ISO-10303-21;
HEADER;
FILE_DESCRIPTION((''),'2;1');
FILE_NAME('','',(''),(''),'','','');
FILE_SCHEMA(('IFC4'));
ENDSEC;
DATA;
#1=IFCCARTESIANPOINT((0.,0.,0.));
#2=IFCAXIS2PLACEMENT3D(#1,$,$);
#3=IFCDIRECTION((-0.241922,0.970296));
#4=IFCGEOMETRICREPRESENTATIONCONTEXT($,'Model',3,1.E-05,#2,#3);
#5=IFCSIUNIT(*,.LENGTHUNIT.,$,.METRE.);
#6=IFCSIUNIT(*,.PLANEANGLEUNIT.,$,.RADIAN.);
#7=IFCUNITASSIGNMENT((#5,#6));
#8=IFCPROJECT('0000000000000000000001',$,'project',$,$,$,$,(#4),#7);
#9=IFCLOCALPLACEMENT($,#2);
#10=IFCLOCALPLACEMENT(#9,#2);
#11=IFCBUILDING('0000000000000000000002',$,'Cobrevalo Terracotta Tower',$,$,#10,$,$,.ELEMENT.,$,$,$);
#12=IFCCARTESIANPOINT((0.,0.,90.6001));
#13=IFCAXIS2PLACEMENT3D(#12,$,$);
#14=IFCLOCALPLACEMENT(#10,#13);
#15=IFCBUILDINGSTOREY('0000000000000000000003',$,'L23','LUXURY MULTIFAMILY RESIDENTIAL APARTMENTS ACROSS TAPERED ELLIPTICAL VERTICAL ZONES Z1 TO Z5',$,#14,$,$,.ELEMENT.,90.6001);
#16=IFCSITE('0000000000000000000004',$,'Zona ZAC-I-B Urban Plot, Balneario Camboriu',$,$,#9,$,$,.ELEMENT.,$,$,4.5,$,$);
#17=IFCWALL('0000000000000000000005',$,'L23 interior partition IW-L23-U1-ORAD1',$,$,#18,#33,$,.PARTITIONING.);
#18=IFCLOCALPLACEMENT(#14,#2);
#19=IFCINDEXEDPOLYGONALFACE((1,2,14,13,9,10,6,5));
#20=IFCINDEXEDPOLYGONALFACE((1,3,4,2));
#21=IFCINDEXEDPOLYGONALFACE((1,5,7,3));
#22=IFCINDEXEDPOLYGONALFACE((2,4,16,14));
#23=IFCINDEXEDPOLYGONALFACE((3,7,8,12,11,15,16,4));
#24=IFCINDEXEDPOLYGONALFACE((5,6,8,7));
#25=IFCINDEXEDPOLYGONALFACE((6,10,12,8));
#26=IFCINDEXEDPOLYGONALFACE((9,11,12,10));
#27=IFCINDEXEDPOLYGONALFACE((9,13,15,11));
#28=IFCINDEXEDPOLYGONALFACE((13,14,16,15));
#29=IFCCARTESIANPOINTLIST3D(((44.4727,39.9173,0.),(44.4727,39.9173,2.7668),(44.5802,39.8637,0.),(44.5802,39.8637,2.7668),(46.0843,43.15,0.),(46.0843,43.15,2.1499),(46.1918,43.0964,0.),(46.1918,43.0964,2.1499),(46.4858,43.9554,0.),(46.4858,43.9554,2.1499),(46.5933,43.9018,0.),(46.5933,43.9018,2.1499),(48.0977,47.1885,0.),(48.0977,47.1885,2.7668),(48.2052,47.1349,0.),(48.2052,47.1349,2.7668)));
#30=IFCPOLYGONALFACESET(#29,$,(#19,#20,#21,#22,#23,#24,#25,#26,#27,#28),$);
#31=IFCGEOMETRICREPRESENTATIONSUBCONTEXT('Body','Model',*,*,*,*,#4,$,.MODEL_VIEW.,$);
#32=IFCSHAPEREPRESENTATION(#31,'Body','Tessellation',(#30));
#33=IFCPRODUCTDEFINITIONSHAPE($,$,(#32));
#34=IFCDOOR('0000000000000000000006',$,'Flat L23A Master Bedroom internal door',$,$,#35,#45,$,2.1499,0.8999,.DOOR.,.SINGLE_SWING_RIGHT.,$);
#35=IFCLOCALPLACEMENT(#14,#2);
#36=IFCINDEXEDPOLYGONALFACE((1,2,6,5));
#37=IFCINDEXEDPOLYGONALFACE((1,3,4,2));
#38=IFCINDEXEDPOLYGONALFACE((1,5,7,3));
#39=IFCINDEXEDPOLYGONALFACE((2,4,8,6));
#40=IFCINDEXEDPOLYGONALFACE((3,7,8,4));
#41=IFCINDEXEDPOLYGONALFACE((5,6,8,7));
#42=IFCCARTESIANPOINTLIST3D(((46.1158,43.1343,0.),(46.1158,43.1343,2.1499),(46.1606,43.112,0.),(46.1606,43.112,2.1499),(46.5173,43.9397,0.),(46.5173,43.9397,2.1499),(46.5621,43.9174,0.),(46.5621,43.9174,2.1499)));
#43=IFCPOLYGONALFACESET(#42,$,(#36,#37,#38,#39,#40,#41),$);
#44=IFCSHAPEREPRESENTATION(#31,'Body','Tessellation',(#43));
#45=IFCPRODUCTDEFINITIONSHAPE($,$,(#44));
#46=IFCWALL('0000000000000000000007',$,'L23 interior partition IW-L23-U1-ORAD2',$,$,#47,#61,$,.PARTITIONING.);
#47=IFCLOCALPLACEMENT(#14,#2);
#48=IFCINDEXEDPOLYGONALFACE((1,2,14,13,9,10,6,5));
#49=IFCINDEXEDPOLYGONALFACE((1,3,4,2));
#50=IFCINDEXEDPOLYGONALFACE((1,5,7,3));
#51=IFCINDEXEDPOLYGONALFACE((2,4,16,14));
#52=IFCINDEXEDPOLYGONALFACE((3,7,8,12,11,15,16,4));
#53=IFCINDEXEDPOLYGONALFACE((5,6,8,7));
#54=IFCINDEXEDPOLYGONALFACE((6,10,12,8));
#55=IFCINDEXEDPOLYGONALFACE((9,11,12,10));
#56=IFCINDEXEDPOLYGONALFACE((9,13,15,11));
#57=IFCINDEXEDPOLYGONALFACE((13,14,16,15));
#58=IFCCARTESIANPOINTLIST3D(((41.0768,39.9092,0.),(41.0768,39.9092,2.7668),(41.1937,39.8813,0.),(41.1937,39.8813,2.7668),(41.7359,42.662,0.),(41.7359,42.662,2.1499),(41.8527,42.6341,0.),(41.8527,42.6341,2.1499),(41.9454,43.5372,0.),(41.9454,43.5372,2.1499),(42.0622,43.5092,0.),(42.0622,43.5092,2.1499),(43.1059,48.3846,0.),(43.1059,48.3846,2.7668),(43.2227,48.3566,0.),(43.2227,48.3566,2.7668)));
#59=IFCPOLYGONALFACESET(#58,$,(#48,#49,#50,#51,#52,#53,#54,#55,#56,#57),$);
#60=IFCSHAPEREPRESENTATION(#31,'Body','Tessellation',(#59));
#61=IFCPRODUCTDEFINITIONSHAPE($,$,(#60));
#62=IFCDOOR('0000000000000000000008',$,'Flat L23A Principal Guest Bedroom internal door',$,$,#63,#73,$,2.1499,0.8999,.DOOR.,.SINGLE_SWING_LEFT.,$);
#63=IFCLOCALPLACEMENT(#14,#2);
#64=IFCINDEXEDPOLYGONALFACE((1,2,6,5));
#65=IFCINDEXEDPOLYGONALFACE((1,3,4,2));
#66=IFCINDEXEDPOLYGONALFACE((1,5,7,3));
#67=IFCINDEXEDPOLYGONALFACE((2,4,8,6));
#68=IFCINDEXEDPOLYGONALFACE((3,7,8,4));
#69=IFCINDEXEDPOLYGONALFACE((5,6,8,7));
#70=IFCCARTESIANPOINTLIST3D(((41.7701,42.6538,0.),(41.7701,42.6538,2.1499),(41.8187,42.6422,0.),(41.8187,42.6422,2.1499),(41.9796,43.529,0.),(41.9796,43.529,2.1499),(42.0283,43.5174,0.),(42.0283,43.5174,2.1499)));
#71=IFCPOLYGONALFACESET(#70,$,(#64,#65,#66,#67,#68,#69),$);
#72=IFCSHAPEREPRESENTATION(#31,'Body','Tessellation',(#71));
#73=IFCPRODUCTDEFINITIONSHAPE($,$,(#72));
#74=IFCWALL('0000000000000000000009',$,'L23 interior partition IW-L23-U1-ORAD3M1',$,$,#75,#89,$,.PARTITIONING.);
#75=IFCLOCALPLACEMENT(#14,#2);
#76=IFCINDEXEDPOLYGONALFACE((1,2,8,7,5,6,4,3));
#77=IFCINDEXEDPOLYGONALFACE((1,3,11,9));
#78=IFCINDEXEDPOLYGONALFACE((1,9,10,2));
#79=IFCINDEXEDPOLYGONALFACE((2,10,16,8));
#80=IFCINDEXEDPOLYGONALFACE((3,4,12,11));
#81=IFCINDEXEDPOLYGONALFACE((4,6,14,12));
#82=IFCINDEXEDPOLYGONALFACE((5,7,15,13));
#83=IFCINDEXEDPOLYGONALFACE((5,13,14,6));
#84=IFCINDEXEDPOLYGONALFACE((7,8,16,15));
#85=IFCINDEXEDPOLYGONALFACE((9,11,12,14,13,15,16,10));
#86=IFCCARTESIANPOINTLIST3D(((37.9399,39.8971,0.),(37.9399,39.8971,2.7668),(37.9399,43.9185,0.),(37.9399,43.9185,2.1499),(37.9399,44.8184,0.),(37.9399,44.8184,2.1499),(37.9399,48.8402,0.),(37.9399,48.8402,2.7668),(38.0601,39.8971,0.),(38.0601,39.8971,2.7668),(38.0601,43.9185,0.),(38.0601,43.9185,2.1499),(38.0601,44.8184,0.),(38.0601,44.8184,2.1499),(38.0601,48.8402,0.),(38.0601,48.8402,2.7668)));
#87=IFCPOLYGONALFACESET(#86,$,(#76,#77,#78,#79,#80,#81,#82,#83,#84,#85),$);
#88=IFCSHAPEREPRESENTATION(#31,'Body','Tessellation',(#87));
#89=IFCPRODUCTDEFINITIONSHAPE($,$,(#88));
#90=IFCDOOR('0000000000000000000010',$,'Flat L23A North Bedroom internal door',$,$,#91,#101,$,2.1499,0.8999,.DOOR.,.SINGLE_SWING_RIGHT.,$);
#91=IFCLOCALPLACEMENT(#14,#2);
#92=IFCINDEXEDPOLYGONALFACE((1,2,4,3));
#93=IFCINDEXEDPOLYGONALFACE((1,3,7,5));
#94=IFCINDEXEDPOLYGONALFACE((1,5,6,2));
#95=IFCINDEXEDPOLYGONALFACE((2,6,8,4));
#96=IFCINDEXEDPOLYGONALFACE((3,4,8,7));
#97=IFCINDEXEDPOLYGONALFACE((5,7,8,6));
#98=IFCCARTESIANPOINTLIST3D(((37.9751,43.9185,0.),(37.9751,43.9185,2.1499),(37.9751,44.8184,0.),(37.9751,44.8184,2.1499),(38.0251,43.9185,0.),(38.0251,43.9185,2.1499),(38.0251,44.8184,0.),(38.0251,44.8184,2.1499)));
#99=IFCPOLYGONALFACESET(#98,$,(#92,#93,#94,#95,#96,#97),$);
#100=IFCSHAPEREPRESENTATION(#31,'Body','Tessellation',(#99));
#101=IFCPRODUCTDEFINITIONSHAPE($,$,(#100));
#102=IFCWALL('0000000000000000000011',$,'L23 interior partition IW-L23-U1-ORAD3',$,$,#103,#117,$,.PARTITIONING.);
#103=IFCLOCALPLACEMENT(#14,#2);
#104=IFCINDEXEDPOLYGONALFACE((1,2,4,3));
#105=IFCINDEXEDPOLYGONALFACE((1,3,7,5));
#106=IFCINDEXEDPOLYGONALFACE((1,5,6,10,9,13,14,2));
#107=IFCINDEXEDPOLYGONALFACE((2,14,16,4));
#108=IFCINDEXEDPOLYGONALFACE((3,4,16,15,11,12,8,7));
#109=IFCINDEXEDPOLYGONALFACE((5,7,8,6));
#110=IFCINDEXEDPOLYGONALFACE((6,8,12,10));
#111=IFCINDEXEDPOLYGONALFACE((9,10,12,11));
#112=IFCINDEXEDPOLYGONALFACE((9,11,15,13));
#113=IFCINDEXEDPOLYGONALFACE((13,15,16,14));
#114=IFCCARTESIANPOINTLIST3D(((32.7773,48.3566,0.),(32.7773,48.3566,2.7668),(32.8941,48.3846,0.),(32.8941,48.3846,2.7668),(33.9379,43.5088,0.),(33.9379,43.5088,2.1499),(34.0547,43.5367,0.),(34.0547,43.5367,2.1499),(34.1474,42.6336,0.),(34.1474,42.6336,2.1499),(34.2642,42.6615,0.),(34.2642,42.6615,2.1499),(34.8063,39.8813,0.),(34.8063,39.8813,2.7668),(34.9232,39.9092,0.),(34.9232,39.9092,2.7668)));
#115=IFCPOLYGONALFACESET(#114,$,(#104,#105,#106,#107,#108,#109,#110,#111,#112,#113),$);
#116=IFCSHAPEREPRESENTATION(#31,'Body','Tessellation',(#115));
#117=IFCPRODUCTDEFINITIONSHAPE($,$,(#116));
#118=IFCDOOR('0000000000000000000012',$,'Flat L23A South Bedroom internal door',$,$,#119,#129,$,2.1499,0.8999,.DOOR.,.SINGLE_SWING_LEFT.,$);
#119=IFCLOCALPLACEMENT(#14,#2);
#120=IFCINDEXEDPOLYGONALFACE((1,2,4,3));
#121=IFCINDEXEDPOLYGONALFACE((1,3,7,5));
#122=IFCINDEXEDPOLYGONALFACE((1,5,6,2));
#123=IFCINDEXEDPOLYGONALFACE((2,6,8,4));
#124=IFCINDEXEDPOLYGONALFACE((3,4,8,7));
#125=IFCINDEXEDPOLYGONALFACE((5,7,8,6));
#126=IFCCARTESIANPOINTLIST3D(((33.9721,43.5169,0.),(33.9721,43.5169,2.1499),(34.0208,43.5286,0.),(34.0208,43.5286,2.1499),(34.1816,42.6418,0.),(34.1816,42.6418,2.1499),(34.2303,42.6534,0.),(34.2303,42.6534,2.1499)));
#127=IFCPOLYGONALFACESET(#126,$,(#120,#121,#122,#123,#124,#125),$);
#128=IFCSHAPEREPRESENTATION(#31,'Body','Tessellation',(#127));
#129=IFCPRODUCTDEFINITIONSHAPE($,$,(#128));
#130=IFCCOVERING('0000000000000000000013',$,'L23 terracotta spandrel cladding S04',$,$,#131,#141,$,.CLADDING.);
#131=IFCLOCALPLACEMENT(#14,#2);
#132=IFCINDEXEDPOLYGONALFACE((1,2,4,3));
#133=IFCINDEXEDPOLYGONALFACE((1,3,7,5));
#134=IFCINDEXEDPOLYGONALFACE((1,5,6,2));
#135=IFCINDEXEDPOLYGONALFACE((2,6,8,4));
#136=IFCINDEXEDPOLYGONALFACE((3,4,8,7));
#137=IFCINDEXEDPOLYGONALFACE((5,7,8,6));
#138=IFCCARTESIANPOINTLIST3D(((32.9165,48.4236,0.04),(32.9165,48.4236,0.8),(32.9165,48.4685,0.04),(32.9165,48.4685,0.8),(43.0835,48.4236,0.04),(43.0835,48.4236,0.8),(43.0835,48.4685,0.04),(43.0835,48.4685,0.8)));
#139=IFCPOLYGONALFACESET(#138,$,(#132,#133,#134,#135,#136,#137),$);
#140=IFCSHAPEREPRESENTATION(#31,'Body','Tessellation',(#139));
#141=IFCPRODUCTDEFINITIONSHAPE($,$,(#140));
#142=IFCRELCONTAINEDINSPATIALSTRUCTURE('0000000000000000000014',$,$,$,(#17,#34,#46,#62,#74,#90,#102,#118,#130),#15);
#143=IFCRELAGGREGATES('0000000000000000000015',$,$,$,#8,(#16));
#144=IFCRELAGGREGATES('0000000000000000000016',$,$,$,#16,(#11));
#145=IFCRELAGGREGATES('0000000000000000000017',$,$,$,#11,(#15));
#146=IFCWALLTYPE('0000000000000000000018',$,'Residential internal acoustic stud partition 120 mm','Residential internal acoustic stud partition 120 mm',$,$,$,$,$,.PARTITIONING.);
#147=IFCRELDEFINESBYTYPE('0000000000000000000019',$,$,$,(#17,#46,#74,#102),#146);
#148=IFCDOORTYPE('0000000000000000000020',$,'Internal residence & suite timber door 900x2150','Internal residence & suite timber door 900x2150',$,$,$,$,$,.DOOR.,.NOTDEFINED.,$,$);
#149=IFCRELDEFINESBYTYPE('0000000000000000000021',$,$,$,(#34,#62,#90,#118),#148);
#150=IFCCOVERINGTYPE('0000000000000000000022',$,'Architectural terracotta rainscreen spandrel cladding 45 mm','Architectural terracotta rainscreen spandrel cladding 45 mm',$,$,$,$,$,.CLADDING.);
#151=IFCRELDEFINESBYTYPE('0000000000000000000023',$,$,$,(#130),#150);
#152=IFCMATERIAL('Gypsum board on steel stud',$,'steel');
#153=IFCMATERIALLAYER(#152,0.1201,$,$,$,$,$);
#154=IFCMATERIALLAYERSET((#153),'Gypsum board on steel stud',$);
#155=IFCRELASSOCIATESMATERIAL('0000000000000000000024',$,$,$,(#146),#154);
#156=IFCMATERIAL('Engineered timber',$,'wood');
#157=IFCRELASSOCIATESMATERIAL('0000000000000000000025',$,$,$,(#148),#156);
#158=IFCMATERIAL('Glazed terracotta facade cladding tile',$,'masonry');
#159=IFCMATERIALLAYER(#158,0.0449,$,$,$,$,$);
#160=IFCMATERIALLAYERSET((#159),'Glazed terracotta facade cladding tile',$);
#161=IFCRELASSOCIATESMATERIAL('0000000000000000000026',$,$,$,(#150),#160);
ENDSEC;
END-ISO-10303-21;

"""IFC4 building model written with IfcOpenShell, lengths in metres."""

from ifc_helpers import new_model, si_unit, direction, frame, frame_2d, origin, origin_2d, place, context, subcontext, project, spatial, rectangle, extrude, source, transform, mapped, material, layer, layer_set, type_object, element, fill, save


model = new_model("IFC4")

# Units and contexts
model_context = context("Model", 3, precision=1e-05, world=origin(), true_north=direction((-0.241922, 0.970296)))
body_context = subcontext(model_context, "Body", "Model", "MODEL_VIEW")
ifc_project = project(units=[si_unit("LENGTHUNIT", "METRE"), si_unit("PLANEANGLEUNIT", "RADIAN")], contexts=[model_context])

# Site, building, storey
site_placement = place(None, origin())
site = spatial("IfcSite", under=ifc_project, at=site_placement, Name="Zona ZAC-I-B Urban Plot, Balneario Camboriu", CompositionType="ELEMENT", RefElevation=4.5)
building_placement = place(site_placement, origin())
building = spatial("IfcBuilding", under=site, at=building_placement, Name="Cobrevalo Terracotta Tower", CompositionType="ELEMENT")
storey_placement = place(building_placement, frame((0.0, 0.0, 90.6001)))
storey = spatial("IfcBuildingStorey", under=building, at=storey_placement, Name="L23", Description="LUXURY MULTIFAMILY RESIDENTIAL APARTMENTS ACROSS TAPERED ELLIPTICAL VERTICAL ZONES Z1 TO Z5", CompositionType="ELEMENT", Elevation=90.6001)

# Walls, openings, doors
ifc_material_1 = material(Name="Gypsum board on steel stud", Category="steel")
ifc_layer_1 = layer(ifc_material_1, 0.1201)
ifc_layer_set_1 = layer_set([ifc_layer_1], Name="Gypsum board on steel stud")
wall_type_1 = type_object("IfcWallType", Name="Residential internal acoustic stud partition 120 mm", Description="Residential internal acoustic stud partition 120 mm", PredefinedType="PARTITIONING", material=ifc_layer_set_1)
wall_1_placement = place(storey_placement, frame((44.5264, 39.8904, 0.0), z_axis=(0.0, 0.0, 1.0), x_axis=(0.446168, 0.894949, 0.0)))
wall_1 = element("IfcWall", 1, at=wall_1_placement, inside=storey, type_object=wall_type_1, Name="L23 interior partition IW-L23-U1-ORAD1", PredefinedType="PARTITIONING", context=body_context, shape_type="SweptSolid", body=[
    extrude(rectangle(XDim=8.1248, YDim=0.1201, at=frame_2d((4.0625, 0.0))), origin(), (0.0, 0.0, 1.0), 2.7668),
])
opening_1_placement = place(wall_1_placement, frame((3.6123, 0.0, 0.0)))
opening_1 = element("IfcOpeningElement", 2, at=opening_1_placement, cuts=wall_1, PredefinedType="OPENING", context=body_context, shape_type="SweptSolid", body=[
    extrude(rectangle(XDim=0.8999, YDim=2.1499, at=frame_2d((0.45, 1.075))), frame((0.0, 0.0701, 0.0), z_axis=(0.0, -1.0, 0.0), x_axis=(1.0, 0.0, 0.0)), (0.0, 0.0, 1.0), 0.1401),
])
ifc_material_2 = material(Name="Engineered timber", Category="wood")
door_type = type_object("IfcDoorType", Name="Internal residence & suite timber door 900x2150", Description="Internal residence & suite timber door 900x2150", OperationType="NOTDEFINED", PredefinedType="DOOR", material=ifc_material_2)
shared_shape_1 = source(origin(), body_context, "Body", "SweptSolid", [
    extrude(rectangle(XDim=0.8999, YDim=2.1499, at=frame_2d((0.45, 1.075))), frame((0.0, 0.0249, 0.0), z_axis=(0.0, -1.0, 0.0), x_axis=(1.0, 0.0, 0.0)), (0.0, 0.0, 1.0), 0.05),
])
door_1_placement = place(opening_1_placement, origin())
door_1 = element("IfcDoor", 3, at=door_1_placement, inside=storey, type_object=door_type, Name="Flat L23A Master Bedroom internal door", OperationType="SINGLE_SWING_RIGHT", OverallHeight=2.1499, OverallWidth=0.8999, PredefinedType="DOOR", context=body_context, shape_type="MappedRepresentation", body=[
    mapped(shared_shape_1, transform((0.0, 0.0, 0.0), scale=1.0)),
])
fill(opening_1, door_1)
wall_2_placement = place(storey_placement, frame((41.1353, 39.8953, 0.0), z_axis=(0.0, 0.0, 1.0), x_axis=(0.232827, 0.972518, 0.0)))
wall_2 = element("IfcWall", 4, at=wall_2_placement, inside=storey, type_object=wall_type_1, Name="L23 interior partition IW-L23-U1-ORAD2", PredefinedType="PARTITIONING", context=body_context, shape_type="SweptSolid", body=[
    extrude(rectangle(XDim=8.7148, YDim=0.1201, at=frame_2d((4.3574, 0.0))), origin(), (0.0, 0.0, 1.0), 2.7668),
])
opening_2_placement = place(wall_2_placement, frame((2.8306, 0.0, 0.0)))
opening_2 = element("IfcOpeningElement", 5, at=opening_2_placement, cuts=wall_2, PredefinedType="OPENING", context=body_context, shape_type="SweptSolid", body=[
    extrude(rectangle(XDim=0.8999, YDim=2.1499, at=frame_2d((0.45, 1.075))), frame((0.0, 0.0701, 0.0), z_axis=(0.0, -1.0, 0.0), x_axis=(1.0, 0.0, 0.0)), (0.0, 0.0, 1.0), 0.1401),
])
door_2_placement = place(opening_2_placement, origin())
door_2 = element("IfcDoor", 6, at=door_2_placement, inside=storey, type_object=door_type, Name="Flat L23A Principal Guest Bedroom internal door", OperationType="SINGLE_SWING_LEFT", OverallHeight=2.1499, OverallWidth=0.8999, PredefinedType="DOOR", context=body_context, shape_type="MappedRepresentation", body=[
    mapped(shared_shape_1, transform((0.0, 0.0, 0.0), scale=1.0)),
])
fill(opening_2, door_2)
wall_3_placement = place(storey_placement, frame((38.0, 39.897, 0.0), z_axis=(0.0, 0.0, 1.0), x_axis=(0.0, 1.0, 0.0)))
wall_3 = element("IfcWall", 7, at=wall_3_placement, inside=storey, type_object=wall_type_1, Name="L23 interior partition IW-L23-U1-ORAD3M1", PredefinedType="PARTITIONING", context=body_context, shape_type="SweptSolid", body=[
    extrude(rectangle(XDim=8.9431, YDim=0.1201, at=frame_2d((4.4717, 0.0))), origin(), (0.0, 0.0, 1.0), 2.7668),
])
opening_3_placement = place(wall_3_placement, frame((4.0215, 0.0, 0.0)))
opening_3 = element("IfcOpeningElement", 8, at=opening_3_placement, cuts=wall_3, PredefinedType="OPENING", context=body_context, shape_type="SweptSolid", body=[
    extrude(rectangle(XDim=0.8999, YDim=2.1499, at=frame_2d((0.45, 1.075))), frame((0.0, 0.0701, 0.0), z_axis=(0.0, -1.0, 0.0), x_axis=(1.0, 0.0, 0.0)), (0.0, 0.0, 1.0), 0.1401),
])
door_3_placement = place(opening_3_placement, origin())
door_3 = element("IfcDoor", 9, at=door_3_placement, inside=storey, type_object=door_type, Name="Flat L23A North Bedroom internal door", OperationType="SINGLE_SWING_RIGHT", OverallHeight=2.1499, OverallWidth=0.8999, PredefinedType="DOOR", context=body_context, shape_type="MappedRepresentation", body=[
    mapped(shared_shape_1, transform((0.0, 0.0, 0.0), scale=1.0)),
])
fill(opening_3, door_3)
wall_4_placement = place(storey_placement, frame((34.8647, 39.8953, 0.0), z_axis=(0.0, 0.0, 1.0), x_axis=(-0.232827, 0.972518, 0.0)))
wall_4 = element("IfcWall", 10, at=wall_4_placement, inside=storey, type_object=wall_type_1, Name="L23 interior partition IW-L23-U1-ORAD3", PredefinedType="PARTITIONING", context=body_context, shape_type="SweptSolid", body=[
    extrude(rectangle(XDim=8.7148, YDim=0.1201, at=frame_2d((4.3574, 0.0))), origin(), (0.0, 0.0, 1.0), 2.7668),
])
opening_4_placement = place(wall_4_placement, frame((2.8301, 0.0, 0.0)))
opening_4 = element("IfcOpeningElement", 11, at=opening_4_placement, cuts=wall_4, PredefinedType="OPENING", context=body_context, shape_type="SweptSolid", body=[
    extrude(rectangle(XDim=0.8999, YDim=2.1499, at=frame_2d((0.45, 1.075))), frame((0.0, 0.0701, 0.0), z_axis=(0.0, -1.0, 0.0), x_axis=(1.0, 0.0, 0.0)), (0.0, 0.0, 1.0), 0.1401),
])
door_4_placement = place(opening_4_placement, origin())
door_4 = element("IfcDoor", 12, at=door_4_placement, inside=storey, type_object=door_type, Name="Flat L23A South Bedroom internal door", OperationType="SINGLE_SWING_LEFT", OverallHeight=2.1499, OverallWidth=0.8999, PredefinedType="DOOR", context=body_context, shape_type="MappedRepresentation", body=[
    mapped(shared_shape_1, transform((0.0, 0.0, 0.0), scale=1.0)),
])
fill(opening_4, door_4)

# Covering
ifc_material_3 = material(Name="Glazed terracotta facade cladding tile", Category="masonry")
ifc_layer_2 = layer(ifc_material_3, 0.0449)
ifc_layer_set_2 = layer_set([ifc_layer_2], Name="Glazed terracotta facade cladding tile")
covering_type = type_object("IfcCoveringType", Name="Architectural terracotta rainscreen spandrel cladding 45 mm", Description="Architectural terracotta rainscreen spandrel cladding 45 mm", PredefinedType="CLADDING", material=ifc_layer_set_2)
shared_shape_2 = source(origin(), body_context, "Body", "SweptSolid", [
    extrude(rectangle(XDim=10.167, YDim=0.0449, at=origin_2d()), origin(), (0.0, 0.0, 1.0), 0.76),
])
covering_placement = place(storey_placement, frame((38.0, 48.446, 0.04), z_axis=(0.0, 0.0, 1.0), x_axis=(-1.0, 0.0, 0.0)))
element("IfcCovering", 13, at=covering_placement, inside=storey, type_object=covering_type, Name="L23 terracotta spandrel cladding S04", PredefinedType="CLADDING", context=body_context, shape_type="MappedRepresentation", body=[
    mapped(shared_shape_2, transform((0.0, 0.0, 0.0), scale=1.0)),
])

save(model, "model.ifc")
